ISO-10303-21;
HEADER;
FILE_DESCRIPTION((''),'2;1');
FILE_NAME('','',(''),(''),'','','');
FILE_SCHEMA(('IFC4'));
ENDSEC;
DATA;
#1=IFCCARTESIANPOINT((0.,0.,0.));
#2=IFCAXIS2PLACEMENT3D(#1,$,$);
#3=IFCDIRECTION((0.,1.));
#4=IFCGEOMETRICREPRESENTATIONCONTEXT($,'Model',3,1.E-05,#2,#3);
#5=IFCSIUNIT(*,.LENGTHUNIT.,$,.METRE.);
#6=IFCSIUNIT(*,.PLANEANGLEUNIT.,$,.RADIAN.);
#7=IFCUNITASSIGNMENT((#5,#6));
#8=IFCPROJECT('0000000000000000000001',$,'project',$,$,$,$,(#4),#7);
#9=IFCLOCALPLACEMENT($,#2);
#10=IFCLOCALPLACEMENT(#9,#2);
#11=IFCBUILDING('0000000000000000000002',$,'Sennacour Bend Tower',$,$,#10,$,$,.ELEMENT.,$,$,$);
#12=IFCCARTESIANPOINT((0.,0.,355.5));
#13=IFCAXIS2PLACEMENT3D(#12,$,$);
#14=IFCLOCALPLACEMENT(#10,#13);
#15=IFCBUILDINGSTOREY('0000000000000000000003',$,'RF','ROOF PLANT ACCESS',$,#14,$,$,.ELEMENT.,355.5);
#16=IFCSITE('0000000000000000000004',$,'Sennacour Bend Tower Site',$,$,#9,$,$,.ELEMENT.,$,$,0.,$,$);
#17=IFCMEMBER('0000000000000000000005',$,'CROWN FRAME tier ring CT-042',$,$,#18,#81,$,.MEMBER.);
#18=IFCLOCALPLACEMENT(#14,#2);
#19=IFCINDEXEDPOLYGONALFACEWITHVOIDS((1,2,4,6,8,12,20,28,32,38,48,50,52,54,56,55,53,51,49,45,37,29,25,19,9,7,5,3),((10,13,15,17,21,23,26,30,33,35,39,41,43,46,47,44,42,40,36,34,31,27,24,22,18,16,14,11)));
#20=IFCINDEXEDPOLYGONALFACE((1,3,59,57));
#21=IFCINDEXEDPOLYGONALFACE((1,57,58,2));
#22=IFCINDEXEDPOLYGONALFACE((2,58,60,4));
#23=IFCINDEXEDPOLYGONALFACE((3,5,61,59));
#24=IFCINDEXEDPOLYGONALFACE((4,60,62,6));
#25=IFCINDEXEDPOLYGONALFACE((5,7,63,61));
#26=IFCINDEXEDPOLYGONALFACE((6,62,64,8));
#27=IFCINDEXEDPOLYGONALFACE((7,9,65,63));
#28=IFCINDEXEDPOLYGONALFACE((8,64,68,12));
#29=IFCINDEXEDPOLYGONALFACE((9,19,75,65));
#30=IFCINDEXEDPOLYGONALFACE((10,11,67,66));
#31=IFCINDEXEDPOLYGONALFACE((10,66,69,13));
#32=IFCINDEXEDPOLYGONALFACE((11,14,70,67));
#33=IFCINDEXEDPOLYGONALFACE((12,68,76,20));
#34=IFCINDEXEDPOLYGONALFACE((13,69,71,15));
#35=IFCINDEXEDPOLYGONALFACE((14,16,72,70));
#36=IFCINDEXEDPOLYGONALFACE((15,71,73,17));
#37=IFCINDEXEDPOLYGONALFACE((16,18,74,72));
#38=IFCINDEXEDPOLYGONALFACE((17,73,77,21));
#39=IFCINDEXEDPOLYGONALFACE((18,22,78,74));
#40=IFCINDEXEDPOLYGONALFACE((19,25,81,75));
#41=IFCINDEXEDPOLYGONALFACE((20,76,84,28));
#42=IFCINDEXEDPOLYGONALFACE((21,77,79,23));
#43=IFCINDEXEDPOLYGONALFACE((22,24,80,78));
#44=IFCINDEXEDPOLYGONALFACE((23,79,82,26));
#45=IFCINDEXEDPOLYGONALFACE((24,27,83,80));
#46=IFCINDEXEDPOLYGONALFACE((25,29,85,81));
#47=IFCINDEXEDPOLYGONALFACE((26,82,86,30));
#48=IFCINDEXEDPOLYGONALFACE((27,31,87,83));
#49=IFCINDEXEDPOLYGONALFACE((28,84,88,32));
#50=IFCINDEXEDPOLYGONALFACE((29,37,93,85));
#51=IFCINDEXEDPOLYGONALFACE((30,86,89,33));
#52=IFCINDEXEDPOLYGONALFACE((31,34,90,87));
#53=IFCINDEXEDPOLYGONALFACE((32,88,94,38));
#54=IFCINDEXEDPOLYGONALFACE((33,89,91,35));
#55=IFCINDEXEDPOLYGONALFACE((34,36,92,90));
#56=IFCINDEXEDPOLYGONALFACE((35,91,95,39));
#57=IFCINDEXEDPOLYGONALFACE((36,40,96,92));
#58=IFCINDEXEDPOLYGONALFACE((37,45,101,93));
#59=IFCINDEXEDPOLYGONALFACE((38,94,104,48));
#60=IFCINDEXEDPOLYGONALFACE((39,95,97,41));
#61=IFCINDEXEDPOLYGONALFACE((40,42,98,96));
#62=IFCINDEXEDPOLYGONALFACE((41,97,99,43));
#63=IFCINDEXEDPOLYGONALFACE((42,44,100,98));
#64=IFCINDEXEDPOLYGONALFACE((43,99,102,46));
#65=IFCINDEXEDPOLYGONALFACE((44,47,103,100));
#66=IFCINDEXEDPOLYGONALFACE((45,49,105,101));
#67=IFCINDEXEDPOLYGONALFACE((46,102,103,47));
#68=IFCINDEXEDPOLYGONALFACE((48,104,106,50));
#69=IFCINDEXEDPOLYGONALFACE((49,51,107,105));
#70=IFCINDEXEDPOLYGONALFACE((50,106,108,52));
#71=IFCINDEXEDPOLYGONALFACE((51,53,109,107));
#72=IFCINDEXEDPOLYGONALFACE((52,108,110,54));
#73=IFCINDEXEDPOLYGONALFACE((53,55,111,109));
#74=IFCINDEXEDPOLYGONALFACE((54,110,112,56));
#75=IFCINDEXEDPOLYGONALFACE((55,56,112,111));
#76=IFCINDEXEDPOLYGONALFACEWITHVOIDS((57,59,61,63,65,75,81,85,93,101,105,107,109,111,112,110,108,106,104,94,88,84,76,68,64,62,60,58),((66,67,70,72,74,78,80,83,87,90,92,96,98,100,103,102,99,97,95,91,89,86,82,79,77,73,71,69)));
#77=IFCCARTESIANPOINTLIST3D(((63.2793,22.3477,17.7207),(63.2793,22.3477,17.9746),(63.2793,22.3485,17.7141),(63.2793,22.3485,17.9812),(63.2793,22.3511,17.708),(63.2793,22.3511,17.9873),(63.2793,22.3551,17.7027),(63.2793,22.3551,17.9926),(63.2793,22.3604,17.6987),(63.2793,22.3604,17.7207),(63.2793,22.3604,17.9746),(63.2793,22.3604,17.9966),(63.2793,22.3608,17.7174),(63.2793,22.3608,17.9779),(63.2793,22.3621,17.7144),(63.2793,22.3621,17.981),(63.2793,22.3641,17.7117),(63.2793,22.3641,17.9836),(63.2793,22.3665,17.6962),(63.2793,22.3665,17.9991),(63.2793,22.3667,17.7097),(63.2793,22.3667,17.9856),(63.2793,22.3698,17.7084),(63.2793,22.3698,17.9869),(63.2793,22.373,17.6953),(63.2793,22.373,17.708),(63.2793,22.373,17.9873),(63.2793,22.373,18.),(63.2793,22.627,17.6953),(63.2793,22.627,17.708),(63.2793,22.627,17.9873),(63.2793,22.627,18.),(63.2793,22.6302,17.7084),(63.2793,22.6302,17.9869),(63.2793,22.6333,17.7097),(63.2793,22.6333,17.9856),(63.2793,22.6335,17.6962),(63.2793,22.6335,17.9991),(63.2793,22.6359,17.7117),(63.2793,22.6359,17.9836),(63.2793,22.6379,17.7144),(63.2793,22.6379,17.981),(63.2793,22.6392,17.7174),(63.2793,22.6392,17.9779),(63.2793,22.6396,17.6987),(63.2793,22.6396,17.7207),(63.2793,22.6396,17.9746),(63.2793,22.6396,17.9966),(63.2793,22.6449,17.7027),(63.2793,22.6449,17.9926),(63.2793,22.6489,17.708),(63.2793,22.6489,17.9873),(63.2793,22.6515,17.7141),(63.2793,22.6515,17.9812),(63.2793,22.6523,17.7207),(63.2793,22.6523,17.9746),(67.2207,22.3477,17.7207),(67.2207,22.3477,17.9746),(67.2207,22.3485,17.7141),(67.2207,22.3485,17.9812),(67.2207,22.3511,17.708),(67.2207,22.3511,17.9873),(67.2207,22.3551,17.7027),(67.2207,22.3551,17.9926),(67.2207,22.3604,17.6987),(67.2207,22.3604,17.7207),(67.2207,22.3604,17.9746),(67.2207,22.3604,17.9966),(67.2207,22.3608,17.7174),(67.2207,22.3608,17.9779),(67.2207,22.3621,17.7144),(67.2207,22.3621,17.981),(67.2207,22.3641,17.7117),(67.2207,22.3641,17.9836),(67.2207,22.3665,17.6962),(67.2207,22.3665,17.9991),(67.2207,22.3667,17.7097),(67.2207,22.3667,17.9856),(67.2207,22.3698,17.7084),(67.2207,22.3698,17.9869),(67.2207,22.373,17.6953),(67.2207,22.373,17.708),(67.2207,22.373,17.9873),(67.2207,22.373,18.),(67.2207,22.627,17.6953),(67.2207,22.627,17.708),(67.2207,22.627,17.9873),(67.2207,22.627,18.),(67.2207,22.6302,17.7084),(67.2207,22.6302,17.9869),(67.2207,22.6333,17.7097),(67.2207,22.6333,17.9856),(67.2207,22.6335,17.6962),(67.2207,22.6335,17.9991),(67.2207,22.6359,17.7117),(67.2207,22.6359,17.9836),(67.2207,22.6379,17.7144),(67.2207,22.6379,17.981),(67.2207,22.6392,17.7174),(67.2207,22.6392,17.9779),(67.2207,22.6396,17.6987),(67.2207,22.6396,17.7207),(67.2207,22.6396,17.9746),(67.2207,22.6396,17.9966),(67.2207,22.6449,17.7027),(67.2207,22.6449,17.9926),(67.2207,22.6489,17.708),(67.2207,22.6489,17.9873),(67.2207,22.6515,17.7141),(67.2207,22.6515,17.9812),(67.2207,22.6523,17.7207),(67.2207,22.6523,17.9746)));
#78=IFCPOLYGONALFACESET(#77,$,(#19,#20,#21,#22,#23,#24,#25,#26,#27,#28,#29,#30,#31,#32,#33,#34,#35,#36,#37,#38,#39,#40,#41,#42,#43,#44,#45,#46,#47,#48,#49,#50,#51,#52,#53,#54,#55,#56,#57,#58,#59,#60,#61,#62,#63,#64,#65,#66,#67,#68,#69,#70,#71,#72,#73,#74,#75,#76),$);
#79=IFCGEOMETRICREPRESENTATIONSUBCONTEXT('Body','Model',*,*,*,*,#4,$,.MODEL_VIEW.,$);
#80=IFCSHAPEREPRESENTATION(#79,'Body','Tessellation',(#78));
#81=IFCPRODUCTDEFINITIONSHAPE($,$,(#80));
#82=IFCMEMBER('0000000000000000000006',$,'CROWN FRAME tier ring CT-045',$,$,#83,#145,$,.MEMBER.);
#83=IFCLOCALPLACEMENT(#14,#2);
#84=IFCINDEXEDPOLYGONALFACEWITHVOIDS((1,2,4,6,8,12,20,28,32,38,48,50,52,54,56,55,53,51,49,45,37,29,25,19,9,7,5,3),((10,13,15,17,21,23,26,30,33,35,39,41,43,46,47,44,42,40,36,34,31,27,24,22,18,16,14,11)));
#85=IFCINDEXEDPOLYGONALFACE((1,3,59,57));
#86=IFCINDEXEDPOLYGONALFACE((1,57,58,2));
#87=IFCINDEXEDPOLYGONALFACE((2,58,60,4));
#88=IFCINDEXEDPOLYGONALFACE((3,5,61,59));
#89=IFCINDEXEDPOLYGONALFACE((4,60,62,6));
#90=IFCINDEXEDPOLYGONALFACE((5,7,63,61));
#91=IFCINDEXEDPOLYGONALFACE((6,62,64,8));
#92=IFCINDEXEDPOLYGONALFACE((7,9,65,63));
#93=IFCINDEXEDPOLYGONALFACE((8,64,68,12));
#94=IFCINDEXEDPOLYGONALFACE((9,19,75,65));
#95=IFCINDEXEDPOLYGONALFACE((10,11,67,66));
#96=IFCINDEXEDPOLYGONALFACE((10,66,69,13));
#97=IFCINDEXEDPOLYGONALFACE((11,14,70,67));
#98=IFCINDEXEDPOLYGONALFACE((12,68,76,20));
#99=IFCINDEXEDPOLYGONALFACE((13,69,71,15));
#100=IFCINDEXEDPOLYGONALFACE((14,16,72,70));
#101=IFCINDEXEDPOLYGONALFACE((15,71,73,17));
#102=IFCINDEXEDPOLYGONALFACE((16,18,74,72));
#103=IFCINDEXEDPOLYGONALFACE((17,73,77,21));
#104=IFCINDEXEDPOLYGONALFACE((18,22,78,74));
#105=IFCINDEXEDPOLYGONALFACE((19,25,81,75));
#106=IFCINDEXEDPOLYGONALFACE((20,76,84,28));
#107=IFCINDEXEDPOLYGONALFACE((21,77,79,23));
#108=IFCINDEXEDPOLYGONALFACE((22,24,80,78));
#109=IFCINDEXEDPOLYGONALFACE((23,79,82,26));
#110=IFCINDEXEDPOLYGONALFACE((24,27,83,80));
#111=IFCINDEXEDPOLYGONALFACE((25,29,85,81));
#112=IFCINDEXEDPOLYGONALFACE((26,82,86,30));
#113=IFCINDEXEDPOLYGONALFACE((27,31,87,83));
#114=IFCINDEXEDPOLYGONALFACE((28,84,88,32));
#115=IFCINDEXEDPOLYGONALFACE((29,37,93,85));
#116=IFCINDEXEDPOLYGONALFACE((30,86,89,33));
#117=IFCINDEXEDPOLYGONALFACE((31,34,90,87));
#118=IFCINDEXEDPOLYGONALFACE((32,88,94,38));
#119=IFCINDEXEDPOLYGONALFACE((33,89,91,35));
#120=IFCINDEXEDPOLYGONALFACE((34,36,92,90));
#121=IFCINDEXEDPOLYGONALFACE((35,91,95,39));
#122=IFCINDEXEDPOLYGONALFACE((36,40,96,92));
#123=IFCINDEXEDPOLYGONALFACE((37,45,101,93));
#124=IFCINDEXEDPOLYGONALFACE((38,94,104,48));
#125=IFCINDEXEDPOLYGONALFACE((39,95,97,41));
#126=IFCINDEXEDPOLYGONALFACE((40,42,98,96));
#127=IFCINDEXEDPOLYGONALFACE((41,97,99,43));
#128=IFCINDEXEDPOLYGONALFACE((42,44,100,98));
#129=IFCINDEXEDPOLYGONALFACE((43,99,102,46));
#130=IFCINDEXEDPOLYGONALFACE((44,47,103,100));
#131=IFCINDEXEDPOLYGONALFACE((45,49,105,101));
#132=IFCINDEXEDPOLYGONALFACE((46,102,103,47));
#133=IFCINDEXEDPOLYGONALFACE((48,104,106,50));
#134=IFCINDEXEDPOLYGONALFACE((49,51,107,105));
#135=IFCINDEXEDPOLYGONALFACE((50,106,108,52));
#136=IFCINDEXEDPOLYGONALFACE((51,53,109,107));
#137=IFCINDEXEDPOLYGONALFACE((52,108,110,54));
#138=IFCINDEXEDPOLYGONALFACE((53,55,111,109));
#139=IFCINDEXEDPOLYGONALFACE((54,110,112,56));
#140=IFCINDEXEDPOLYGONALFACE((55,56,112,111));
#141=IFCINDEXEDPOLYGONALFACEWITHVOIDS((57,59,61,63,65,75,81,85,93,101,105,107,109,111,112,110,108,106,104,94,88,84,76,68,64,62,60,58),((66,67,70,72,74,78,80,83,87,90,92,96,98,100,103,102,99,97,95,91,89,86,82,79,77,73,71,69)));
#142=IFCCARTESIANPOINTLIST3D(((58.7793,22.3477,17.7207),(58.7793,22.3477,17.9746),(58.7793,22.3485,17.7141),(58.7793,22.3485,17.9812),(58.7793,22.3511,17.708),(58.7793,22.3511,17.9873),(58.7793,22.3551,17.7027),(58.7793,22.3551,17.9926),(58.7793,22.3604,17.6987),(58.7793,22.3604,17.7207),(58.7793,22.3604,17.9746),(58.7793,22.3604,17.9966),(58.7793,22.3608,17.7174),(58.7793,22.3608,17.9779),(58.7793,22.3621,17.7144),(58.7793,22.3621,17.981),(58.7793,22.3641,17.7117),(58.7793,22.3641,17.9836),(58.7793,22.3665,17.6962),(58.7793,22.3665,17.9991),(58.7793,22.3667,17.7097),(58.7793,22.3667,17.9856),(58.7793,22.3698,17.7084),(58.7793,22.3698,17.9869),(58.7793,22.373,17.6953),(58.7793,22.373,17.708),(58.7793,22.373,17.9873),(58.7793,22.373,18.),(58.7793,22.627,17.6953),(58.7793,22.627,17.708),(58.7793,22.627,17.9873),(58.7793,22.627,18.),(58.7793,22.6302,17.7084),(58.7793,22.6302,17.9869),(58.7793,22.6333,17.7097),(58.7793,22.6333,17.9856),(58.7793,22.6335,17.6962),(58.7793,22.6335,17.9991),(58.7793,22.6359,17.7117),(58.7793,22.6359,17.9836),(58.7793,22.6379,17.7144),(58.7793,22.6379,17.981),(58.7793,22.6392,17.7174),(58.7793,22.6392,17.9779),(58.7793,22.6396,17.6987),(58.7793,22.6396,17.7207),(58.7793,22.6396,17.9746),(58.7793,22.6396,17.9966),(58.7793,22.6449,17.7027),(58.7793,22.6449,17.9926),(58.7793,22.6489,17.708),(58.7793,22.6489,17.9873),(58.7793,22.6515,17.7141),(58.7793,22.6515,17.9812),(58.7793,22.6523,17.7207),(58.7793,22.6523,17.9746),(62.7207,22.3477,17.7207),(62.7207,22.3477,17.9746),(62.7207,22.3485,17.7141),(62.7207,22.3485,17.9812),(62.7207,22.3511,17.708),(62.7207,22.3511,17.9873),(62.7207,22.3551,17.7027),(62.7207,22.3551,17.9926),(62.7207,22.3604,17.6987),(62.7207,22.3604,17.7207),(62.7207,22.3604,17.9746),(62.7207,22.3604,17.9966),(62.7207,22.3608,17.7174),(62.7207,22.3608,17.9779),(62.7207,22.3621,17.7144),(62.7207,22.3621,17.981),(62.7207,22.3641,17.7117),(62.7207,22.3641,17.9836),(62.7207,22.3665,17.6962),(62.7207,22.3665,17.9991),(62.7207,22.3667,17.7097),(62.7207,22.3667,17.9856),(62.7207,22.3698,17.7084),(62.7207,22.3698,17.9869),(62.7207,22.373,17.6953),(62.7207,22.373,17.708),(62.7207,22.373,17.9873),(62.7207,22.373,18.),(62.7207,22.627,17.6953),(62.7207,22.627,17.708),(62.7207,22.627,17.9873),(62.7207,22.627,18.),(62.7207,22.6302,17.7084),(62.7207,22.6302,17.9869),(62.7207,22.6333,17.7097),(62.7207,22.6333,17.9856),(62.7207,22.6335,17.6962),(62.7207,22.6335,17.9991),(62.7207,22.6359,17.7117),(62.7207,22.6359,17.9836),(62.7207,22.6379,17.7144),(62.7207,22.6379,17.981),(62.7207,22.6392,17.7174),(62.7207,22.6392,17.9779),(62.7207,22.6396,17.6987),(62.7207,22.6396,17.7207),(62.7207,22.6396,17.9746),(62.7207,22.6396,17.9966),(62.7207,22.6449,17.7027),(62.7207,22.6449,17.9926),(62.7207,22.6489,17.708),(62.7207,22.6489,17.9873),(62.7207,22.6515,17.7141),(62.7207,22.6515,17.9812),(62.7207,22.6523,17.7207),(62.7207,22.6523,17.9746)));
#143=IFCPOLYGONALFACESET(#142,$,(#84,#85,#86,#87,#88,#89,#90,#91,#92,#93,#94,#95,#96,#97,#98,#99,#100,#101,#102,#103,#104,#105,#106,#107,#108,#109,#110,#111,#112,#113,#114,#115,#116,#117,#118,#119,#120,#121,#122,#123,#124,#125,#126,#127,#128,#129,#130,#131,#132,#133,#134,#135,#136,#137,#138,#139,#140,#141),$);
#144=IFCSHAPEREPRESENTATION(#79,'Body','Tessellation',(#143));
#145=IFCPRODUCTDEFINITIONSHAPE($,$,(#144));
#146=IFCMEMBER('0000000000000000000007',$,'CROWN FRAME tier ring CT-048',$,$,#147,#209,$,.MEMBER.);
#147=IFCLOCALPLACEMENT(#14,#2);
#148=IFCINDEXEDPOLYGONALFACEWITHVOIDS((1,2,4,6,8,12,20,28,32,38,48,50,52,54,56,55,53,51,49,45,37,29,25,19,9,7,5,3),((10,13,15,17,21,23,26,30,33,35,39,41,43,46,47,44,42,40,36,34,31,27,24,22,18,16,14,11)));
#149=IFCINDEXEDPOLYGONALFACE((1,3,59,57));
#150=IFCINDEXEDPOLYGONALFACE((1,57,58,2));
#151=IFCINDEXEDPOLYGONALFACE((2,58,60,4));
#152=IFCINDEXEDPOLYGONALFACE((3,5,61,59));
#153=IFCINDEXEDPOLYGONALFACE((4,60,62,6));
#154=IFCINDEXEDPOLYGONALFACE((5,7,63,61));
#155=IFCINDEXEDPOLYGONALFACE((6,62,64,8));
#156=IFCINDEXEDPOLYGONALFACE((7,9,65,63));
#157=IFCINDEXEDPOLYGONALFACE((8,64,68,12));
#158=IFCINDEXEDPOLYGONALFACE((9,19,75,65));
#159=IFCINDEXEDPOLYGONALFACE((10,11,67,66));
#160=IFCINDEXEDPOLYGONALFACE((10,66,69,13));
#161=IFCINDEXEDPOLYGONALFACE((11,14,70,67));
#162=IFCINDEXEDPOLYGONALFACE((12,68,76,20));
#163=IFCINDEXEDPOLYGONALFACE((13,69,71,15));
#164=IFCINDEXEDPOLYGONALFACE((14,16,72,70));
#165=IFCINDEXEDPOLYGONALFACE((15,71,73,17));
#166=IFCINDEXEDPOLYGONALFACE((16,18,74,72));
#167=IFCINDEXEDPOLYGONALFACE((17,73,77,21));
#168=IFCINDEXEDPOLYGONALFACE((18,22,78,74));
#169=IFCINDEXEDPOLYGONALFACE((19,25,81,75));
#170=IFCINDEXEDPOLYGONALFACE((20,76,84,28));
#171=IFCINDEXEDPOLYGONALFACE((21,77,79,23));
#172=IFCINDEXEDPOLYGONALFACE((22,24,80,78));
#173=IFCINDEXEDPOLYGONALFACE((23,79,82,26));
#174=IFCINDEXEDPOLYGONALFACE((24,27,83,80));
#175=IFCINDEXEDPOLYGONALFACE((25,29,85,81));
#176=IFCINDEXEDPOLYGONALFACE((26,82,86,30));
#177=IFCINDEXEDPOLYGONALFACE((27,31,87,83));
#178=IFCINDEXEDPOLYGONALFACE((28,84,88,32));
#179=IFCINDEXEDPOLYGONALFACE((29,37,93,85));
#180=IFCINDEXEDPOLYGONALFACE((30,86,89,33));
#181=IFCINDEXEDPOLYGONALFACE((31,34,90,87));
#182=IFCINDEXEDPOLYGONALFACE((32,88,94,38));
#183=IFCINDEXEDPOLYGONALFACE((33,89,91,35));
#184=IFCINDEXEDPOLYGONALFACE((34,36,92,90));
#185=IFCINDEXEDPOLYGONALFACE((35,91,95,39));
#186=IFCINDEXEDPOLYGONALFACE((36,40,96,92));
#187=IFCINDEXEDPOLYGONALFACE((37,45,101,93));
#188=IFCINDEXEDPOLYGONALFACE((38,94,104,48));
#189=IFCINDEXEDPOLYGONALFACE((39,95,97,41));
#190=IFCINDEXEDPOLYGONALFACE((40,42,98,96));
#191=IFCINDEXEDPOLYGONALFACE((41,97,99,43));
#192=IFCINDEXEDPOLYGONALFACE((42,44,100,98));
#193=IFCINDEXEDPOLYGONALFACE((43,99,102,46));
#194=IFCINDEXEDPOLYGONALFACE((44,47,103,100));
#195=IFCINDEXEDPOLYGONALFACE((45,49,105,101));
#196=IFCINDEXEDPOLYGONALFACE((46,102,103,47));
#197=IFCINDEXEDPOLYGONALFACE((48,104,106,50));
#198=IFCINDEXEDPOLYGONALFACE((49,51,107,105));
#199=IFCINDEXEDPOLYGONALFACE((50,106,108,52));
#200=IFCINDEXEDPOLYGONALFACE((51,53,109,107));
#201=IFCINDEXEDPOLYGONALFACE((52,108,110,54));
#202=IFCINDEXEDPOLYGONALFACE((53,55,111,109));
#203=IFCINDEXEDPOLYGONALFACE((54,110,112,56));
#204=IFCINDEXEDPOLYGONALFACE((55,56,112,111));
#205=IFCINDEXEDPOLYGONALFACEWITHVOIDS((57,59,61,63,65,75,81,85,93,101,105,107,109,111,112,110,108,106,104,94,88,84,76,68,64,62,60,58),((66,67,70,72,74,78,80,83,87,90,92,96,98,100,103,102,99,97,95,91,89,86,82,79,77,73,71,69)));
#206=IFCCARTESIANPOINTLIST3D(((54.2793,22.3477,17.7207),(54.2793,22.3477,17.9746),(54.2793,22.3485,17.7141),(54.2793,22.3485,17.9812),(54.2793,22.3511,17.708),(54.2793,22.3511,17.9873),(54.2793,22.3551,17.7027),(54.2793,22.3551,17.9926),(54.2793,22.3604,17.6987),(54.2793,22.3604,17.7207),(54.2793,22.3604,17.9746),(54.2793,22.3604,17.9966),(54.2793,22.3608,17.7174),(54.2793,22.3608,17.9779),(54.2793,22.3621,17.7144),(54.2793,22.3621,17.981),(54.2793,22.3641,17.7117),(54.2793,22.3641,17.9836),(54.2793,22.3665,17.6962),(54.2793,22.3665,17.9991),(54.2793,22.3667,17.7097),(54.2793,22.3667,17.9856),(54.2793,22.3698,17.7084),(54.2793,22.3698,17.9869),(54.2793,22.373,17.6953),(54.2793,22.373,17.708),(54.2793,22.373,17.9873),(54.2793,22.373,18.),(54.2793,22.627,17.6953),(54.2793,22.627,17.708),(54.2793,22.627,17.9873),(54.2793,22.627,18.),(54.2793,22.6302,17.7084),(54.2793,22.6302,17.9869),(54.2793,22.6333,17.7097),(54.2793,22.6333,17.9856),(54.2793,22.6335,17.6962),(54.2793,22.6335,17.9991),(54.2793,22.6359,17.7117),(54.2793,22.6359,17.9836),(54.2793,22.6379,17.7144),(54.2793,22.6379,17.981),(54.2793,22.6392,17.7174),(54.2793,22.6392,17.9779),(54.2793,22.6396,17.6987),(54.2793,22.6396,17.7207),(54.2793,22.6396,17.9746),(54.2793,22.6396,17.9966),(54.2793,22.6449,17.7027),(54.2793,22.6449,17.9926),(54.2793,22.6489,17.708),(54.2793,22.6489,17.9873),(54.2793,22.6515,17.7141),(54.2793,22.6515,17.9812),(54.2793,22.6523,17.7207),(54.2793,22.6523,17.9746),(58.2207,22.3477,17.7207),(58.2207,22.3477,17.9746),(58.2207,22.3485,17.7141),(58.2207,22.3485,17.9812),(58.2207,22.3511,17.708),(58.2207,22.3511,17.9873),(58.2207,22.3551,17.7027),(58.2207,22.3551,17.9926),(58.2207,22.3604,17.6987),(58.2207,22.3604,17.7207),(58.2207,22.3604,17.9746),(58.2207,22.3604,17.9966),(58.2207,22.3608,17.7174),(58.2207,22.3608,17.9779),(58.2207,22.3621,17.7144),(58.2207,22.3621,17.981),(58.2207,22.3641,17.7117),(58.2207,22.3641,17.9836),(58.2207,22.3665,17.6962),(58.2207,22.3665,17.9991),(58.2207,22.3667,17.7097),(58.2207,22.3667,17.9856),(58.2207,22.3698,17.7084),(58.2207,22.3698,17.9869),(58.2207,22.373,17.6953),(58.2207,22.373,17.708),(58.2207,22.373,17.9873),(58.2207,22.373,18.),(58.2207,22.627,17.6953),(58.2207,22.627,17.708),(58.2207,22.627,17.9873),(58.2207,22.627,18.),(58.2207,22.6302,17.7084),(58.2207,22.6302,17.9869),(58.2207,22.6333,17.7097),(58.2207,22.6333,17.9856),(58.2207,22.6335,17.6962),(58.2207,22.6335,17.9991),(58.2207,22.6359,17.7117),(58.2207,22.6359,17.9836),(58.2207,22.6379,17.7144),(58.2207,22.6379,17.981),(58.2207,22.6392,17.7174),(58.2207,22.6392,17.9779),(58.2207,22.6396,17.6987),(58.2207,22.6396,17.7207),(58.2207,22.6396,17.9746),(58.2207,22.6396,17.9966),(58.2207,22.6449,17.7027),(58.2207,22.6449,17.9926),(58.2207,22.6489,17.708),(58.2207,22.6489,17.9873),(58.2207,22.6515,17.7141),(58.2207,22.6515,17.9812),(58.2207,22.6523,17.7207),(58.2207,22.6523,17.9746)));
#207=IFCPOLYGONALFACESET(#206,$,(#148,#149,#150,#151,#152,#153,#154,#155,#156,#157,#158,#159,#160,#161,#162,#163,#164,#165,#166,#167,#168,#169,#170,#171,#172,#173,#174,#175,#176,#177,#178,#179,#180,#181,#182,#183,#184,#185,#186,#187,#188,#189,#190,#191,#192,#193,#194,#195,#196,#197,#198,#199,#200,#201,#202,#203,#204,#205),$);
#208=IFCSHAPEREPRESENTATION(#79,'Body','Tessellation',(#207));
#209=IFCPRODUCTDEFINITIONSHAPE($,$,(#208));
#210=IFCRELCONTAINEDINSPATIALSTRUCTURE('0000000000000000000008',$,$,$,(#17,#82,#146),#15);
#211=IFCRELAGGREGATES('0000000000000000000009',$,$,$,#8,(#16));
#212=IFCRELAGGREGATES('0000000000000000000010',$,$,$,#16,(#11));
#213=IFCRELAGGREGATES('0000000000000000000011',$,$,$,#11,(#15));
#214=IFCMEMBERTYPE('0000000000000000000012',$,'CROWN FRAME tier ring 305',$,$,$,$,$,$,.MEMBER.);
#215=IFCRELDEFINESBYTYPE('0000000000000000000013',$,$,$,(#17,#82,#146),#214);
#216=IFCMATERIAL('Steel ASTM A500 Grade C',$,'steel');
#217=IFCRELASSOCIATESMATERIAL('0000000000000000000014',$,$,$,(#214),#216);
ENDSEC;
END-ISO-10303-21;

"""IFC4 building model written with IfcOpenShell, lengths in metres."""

from ifc_helpers import new_model, si_unit, direction, frame, origin, origin_2d, place, context, subcontext, project, spatial, hollow_rectangle, extrude, material, material_profile, profile_set, type_object, element, save


model = new_model("IFC4")

# Units and contexts
model_context = context("Model", 3, precision=1e-05, world=origin(), true_north=direction((0.0, 1.0)))
body_context = subcontext(model_context, "Body", "Model", "MODEL_VIEW")
ifc_project = project(units=[si_unit("LENGTHUNIT", "METRE"), si_unit("PLANEANGLEUNIT", "RADIAN")], contexts=[model_context])

# Site, building, storey
site_placement = place(None, origin())
site = spatial("IfcSite", under=ifc_project, at=site_placement, Name="Sennacour Bend Tower Site", CompositionType="ELEMENT", RefElevation=0.0)
building_placement = place(site_placement, origin())
building = spatial("IfcBuilding", under=site, at=building_placement, Name="Sennacour Bend Tower", CompositionType="ELEMENT")
storey_placement = place(building_placement, frame((0.0, 0.0, 355.5)))
storey = spatial("IfcBuildingStorey", under=building, at=storey_placement, Name="RF", Description="ROOF PLANT ACCESS", CompositionType="ELEMENT", Elevation=355.5)

# Shared definitions
ifc_material_1 = material(Name="Steel ASTM A500 Grade C", Category="steel")

# Members
ifc_material_profile_1 = material_profile(ifc_material_1, hollow_rectangle(XDim=0.3047, YDim=0.3047, WallThickness=0.0127, InnerFilletRadius=0.0127, OuterFilletRadius=0.0254, at=origin_2d()), Name="Steel ASTM A500 Grade C", Category="steel")
ifc_profile_set_1 = profile_set([ifc_material_profile_1], Name="Steel ASTM A500 Grade C")
member_type_1 = type_object("IfcMemberType", Name="CROWN FRAME tier ring 305", PredefinedType="MEMBER", material=ifc_profile_set_1)
for number, where, z_axis, x_axis, name in (
    (1, (67.2207, 22.5, 17.8477), (-1.0, 0.0, 0.0), (0.0, -1.0, 0.0), "CROWN FRAME tier ring CT-042"),
    (2, (62.7207, 22.5, 17.8477), (-1.0, 0.0, 0.0), (0.0, -1.0, 0.0), "CROWN FRAME tier ring CT-045"),
    (3, (58.2207, 22.5, 17.8477), (-1.0, 0.0, 0.0), (0.0, -1.0, 0.0), "CROWN FRAME tier ring CT-048"),
):
    element("IfcMember", number, at=place(storey_placement, frame(where, z_axis=z_axis, x_axis=x_axis)), inside=storey, type_object=member_type_1, Name=name, PredefinedType="MEMBER", context=body_context, shape_type="SweptSolid", body=[
        extrude(hollow_rectangle(XDim=0.3047, YDim=0.3047, WallThickness=0.0127, InnerFilletRadius=0.0127, OuterFilletRadius=0.0254, at=origin_2d()), origin(), (0.0, 0.0, 1.0), 3.9414),
    ])

save(model, "model.ifc")
